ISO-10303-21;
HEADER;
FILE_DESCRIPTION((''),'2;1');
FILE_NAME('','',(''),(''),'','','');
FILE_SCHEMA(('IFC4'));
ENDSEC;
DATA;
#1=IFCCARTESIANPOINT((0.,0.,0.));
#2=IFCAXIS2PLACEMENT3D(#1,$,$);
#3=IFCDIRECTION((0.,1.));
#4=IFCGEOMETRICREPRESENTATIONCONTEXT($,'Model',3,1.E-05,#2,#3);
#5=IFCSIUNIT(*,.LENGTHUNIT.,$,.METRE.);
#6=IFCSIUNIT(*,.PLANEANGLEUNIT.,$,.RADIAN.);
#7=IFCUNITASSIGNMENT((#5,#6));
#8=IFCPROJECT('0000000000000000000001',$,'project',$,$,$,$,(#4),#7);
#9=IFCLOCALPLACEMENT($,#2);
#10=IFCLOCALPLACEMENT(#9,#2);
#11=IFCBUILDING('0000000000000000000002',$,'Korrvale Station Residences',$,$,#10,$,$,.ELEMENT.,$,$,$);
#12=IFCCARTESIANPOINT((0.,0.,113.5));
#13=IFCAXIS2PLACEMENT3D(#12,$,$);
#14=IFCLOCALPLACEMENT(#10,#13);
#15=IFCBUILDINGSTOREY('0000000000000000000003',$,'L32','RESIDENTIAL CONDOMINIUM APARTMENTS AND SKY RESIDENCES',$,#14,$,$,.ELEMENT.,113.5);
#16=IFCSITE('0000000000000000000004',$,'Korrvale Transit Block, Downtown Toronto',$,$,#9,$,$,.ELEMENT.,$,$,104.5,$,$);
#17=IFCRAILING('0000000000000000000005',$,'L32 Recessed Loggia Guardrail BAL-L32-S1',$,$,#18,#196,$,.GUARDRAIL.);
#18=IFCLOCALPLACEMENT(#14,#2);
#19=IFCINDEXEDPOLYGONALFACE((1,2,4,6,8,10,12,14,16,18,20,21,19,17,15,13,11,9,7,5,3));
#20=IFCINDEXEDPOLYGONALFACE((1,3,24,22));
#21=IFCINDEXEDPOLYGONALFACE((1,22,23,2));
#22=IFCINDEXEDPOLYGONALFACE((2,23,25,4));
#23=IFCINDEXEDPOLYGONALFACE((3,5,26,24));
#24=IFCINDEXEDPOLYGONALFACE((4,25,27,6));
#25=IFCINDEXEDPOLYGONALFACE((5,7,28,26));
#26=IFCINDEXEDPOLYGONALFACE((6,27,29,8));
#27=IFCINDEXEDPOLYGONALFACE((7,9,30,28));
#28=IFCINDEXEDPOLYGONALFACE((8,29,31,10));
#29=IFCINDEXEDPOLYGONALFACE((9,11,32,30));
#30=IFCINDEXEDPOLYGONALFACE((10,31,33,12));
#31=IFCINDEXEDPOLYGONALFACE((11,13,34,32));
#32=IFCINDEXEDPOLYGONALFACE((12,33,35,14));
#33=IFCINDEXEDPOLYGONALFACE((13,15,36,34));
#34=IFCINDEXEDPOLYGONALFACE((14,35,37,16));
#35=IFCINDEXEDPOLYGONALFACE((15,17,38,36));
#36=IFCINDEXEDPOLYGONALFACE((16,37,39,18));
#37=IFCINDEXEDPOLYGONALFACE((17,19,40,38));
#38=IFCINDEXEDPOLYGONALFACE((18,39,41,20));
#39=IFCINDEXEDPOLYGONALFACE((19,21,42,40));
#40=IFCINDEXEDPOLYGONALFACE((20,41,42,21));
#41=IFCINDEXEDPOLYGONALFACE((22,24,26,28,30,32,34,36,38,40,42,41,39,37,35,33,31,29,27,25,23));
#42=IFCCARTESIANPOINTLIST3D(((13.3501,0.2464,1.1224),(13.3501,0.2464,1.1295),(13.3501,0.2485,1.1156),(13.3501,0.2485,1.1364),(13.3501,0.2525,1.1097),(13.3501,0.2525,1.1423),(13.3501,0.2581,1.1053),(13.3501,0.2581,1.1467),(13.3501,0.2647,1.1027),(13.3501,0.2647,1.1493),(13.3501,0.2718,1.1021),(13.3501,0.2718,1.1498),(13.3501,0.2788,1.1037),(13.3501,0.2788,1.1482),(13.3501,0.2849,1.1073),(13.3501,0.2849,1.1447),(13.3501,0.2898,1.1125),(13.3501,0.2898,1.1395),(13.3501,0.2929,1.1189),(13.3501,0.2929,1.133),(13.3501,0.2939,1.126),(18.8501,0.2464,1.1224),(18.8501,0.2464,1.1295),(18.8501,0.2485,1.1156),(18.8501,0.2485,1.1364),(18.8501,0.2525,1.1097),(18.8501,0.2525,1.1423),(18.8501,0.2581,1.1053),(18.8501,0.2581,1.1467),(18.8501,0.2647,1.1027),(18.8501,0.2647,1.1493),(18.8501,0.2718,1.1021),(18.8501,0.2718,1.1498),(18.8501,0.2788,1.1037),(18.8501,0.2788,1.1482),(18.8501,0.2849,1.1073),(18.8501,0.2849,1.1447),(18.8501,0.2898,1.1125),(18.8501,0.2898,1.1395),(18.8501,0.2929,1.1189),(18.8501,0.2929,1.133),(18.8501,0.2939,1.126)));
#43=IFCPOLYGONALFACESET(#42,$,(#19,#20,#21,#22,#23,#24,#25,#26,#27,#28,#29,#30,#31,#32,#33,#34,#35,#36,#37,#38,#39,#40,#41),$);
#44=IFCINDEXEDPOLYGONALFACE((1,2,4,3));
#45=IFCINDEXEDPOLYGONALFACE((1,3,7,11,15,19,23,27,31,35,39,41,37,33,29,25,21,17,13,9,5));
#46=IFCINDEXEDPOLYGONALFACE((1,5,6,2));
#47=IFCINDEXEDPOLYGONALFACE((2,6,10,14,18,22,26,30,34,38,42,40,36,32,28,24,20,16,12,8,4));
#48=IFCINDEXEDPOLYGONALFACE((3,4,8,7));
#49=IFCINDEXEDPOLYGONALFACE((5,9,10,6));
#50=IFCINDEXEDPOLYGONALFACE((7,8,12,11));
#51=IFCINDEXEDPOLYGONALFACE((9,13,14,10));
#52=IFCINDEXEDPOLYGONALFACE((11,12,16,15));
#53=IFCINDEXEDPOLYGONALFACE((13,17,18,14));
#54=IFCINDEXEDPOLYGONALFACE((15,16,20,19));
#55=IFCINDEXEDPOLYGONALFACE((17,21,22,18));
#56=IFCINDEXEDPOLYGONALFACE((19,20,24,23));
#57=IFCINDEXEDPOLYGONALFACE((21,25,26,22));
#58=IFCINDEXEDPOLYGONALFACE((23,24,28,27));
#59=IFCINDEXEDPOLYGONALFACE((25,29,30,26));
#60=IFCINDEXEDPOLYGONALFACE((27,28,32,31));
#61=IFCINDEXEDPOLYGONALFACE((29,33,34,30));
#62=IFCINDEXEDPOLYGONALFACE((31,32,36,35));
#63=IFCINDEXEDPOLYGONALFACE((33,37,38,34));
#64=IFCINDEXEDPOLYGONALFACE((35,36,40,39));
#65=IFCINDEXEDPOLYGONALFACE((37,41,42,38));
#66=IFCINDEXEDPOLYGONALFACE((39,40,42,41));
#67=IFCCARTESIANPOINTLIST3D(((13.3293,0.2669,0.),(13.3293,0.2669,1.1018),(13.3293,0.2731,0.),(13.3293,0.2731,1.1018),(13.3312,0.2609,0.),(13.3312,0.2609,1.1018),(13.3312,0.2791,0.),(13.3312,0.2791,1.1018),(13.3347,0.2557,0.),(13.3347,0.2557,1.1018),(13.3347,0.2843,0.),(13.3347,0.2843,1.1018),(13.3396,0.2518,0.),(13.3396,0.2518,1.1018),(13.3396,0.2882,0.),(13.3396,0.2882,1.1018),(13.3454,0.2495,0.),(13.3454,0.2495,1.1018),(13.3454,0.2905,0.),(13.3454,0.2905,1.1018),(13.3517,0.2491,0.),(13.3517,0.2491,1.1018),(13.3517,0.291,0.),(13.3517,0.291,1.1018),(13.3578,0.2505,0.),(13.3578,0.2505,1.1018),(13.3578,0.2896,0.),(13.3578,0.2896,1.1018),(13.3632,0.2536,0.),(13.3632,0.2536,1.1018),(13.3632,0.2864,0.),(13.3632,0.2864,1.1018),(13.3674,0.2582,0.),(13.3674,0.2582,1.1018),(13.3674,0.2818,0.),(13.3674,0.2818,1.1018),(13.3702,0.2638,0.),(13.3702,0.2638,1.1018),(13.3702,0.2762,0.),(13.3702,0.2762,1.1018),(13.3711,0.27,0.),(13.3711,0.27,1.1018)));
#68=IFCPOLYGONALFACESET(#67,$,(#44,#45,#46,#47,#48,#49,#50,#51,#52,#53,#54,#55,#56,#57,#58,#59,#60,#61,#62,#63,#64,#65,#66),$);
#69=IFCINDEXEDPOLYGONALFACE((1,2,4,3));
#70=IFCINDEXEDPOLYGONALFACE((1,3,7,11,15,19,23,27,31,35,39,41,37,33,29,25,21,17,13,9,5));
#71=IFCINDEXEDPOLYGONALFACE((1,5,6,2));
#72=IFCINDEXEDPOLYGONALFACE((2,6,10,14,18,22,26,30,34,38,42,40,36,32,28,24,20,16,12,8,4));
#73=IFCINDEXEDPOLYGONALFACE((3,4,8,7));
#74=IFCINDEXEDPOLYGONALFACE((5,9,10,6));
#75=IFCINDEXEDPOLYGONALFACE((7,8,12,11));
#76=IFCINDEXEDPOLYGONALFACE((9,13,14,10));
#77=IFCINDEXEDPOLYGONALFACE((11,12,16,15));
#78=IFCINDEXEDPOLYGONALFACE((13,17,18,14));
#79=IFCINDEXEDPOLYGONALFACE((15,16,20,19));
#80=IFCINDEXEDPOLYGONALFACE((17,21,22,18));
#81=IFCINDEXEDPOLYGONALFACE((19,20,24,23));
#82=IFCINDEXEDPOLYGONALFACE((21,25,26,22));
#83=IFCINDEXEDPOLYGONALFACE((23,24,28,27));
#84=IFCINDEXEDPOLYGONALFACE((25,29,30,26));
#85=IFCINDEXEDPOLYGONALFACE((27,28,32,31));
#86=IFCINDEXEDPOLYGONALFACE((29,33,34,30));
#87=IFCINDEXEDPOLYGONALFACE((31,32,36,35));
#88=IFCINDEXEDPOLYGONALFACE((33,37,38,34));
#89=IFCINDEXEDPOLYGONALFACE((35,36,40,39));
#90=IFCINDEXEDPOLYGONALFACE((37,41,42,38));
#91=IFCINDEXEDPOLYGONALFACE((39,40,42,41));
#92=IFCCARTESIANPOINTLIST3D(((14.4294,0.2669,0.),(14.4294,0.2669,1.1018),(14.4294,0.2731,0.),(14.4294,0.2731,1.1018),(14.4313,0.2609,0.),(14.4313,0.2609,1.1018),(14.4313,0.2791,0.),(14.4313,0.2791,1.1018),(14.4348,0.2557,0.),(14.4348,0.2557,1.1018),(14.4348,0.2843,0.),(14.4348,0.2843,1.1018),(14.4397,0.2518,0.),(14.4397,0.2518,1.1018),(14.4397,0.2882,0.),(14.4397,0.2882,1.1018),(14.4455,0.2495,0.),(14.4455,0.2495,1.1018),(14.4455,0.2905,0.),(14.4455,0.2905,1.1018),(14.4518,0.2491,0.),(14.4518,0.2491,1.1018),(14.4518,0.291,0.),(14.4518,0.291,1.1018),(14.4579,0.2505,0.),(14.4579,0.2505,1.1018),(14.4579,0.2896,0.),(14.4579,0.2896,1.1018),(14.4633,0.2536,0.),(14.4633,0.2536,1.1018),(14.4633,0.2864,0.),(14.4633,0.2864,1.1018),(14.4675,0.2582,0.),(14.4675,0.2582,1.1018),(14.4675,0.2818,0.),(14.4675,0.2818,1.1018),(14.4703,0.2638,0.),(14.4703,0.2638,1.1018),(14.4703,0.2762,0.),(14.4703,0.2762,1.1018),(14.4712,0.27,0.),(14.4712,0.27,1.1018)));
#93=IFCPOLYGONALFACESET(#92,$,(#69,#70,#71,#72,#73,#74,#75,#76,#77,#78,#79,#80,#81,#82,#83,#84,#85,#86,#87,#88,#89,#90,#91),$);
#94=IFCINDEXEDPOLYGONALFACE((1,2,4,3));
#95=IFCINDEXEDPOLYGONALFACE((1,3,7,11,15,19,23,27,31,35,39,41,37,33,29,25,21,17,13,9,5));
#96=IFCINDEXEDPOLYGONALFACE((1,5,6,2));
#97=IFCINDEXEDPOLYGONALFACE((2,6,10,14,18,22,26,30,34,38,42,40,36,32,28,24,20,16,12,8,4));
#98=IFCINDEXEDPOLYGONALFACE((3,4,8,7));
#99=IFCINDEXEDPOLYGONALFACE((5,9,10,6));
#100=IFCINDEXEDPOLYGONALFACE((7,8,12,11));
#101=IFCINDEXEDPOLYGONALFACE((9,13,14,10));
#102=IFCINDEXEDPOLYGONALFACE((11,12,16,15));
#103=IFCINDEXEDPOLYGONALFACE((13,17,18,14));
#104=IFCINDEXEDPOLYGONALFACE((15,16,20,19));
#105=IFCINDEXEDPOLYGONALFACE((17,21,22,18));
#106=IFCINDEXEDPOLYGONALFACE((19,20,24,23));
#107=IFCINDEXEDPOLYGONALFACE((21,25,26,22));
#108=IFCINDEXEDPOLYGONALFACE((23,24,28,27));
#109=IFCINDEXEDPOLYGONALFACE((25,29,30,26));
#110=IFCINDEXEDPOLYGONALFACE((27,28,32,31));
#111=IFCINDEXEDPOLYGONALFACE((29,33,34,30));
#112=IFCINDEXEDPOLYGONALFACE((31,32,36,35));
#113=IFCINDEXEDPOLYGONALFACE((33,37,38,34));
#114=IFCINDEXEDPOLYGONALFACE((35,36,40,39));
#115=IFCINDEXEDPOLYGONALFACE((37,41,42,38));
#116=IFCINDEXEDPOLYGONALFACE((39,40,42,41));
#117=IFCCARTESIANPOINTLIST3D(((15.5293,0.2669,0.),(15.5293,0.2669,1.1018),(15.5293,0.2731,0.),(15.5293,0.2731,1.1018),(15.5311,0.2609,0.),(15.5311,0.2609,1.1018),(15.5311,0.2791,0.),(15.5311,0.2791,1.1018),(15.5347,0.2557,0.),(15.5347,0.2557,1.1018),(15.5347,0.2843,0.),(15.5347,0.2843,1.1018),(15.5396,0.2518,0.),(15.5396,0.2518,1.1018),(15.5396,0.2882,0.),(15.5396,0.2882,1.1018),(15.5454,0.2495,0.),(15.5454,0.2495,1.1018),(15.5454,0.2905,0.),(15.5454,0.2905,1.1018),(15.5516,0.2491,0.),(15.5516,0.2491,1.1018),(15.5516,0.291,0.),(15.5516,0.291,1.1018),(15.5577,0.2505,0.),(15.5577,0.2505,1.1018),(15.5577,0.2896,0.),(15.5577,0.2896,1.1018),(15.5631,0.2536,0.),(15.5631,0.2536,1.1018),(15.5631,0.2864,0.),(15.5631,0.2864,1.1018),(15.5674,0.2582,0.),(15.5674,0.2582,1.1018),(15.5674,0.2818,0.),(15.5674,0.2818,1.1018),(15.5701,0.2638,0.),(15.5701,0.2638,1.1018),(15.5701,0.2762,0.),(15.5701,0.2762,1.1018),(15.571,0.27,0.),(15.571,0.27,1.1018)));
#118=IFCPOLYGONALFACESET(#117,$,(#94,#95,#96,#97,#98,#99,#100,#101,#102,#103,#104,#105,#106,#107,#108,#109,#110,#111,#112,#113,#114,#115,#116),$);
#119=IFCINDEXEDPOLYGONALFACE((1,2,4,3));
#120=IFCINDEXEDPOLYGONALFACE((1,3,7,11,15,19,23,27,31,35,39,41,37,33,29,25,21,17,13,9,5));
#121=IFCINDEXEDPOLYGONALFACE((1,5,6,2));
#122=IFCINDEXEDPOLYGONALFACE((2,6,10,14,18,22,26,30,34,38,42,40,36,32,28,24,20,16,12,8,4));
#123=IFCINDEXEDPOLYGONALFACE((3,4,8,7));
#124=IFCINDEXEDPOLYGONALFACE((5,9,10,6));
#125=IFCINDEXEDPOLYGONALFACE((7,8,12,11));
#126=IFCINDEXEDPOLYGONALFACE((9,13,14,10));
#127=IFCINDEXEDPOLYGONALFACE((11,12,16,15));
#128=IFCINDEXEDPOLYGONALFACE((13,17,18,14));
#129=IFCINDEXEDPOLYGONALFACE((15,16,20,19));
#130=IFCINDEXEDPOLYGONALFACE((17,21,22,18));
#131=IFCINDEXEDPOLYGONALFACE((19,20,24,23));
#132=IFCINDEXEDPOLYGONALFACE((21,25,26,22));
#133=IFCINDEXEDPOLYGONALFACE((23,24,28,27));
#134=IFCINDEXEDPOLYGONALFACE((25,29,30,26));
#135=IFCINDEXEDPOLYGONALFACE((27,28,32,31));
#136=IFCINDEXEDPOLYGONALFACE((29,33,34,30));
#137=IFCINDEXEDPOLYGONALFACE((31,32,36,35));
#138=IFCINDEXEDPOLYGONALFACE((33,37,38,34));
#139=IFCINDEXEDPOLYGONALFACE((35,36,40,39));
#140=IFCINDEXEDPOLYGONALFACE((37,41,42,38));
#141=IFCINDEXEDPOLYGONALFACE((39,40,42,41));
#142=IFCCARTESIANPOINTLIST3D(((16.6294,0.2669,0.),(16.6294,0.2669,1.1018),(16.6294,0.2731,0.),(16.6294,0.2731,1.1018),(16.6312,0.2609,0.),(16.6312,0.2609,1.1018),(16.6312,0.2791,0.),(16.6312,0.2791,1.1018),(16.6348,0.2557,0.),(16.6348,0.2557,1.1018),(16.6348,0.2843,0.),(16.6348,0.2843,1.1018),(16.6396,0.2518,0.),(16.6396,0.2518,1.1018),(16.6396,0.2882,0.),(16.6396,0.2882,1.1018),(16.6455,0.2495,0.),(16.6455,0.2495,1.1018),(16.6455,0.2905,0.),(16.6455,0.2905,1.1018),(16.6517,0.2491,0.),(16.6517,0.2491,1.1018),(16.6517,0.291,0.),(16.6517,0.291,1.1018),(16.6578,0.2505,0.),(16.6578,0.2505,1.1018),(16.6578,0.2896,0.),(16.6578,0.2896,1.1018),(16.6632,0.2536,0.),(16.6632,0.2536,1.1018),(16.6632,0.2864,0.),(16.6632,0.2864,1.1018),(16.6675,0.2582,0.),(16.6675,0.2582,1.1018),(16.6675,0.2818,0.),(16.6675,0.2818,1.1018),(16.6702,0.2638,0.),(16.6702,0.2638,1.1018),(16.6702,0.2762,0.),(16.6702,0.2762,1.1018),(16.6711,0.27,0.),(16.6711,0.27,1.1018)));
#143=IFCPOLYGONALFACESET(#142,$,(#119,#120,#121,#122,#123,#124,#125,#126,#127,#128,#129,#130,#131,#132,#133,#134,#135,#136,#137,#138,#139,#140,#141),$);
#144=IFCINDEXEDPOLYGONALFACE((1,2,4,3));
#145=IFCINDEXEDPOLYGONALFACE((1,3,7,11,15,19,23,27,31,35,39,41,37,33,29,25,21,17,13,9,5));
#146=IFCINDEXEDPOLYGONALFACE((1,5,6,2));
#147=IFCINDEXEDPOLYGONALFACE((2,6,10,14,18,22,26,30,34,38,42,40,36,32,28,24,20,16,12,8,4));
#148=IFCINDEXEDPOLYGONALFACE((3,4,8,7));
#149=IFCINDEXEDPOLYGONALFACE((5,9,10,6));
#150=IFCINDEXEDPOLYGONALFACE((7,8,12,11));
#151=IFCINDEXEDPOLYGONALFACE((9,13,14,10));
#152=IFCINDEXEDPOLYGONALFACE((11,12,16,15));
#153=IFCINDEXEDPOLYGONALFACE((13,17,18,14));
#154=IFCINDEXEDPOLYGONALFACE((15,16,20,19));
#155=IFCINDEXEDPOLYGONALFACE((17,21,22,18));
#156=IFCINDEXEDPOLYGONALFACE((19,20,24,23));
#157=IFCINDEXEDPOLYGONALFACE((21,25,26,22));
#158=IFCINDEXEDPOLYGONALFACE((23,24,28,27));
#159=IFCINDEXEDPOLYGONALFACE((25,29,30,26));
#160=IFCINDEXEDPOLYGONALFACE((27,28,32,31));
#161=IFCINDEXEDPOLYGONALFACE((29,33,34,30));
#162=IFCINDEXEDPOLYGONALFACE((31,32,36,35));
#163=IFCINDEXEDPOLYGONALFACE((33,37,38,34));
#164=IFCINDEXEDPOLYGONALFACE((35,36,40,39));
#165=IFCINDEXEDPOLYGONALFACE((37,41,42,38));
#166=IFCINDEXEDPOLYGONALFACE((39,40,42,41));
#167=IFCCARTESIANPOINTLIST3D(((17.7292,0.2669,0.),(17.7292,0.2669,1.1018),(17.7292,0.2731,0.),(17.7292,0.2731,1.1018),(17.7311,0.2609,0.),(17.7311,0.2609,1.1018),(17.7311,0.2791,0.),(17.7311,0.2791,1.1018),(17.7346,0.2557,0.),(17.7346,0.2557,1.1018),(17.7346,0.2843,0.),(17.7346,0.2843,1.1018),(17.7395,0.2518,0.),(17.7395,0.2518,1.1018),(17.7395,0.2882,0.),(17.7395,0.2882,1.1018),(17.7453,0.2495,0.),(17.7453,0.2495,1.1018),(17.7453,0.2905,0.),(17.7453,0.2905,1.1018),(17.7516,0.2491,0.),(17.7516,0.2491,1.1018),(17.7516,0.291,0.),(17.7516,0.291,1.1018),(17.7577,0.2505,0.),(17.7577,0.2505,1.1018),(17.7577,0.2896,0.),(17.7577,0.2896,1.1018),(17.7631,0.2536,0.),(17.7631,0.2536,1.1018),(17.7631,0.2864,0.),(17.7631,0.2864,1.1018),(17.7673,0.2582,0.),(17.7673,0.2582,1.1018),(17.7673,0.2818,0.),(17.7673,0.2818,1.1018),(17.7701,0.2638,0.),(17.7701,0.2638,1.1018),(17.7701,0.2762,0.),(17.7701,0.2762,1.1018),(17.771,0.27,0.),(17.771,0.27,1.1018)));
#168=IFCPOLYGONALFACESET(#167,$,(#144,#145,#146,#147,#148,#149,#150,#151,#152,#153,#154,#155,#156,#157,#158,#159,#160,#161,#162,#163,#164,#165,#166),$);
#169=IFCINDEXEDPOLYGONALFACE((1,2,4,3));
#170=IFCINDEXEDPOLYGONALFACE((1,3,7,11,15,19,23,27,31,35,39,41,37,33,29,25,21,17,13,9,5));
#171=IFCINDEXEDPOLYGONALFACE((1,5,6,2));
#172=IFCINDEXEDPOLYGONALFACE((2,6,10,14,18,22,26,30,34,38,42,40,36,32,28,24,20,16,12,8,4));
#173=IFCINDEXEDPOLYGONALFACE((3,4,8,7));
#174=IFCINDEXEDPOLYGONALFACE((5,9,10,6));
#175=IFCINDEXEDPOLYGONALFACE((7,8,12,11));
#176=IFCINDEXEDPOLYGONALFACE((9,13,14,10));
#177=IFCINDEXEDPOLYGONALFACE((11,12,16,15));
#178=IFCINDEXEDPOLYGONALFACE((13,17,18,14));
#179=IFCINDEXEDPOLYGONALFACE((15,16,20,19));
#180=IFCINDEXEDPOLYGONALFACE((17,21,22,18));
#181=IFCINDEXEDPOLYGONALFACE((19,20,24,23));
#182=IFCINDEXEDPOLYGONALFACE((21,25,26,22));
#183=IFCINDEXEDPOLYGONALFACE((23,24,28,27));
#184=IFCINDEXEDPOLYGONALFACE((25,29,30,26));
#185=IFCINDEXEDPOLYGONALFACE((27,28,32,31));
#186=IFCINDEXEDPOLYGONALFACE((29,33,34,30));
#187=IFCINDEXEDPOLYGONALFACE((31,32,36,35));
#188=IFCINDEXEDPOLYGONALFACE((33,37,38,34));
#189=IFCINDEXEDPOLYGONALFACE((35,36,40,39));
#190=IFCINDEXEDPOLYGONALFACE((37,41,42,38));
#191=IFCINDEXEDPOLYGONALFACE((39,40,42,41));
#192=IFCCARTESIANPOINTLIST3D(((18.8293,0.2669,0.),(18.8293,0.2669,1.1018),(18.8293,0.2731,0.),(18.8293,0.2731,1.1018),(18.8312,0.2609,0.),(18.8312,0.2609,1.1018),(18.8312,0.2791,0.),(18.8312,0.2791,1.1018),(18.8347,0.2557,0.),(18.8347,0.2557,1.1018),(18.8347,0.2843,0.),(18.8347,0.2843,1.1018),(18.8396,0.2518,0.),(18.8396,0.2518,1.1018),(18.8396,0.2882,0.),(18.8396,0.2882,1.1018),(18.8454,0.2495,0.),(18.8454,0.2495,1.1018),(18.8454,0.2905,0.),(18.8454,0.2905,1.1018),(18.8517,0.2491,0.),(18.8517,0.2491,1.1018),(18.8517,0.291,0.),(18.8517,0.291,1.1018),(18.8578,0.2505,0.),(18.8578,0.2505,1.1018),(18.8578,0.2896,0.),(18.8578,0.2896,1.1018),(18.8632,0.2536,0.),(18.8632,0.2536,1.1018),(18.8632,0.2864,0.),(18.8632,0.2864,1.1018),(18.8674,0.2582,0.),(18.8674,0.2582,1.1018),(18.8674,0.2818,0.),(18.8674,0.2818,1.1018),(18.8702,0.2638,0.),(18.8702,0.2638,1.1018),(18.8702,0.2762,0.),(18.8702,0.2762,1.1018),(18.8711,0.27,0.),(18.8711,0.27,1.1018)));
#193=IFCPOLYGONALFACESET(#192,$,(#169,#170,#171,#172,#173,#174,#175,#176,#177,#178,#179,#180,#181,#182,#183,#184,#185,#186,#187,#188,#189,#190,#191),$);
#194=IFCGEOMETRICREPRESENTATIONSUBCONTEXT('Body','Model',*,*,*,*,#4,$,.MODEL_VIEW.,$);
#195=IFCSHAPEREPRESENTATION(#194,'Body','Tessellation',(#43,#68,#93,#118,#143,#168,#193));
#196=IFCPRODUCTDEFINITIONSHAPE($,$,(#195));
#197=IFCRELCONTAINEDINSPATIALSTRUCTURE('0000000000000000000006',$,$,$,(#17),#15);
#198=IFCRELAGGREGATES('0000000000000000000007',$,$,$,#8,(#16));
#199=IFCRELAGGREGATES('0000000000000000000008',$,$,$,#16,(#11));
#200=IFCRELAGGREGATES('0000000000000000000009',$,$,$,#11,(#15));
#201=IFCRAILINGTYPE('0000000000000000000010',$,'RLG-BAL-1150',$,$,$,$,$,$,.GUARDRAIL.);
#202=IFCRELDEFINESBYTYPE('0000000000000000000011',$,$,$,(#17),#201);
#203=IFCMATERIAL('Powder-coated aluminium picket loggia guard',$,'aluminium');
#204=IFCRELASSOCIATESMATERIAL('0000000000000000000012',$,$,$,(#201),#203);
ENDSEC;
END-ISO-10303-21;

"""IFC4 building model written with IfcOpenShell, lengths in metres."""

from ifc_helpers import new_model, si_unit, direction, frame, origin, origin_2d, place, context, subcontext, project, spatial, circle, extrude, material, type_object, element, save


model = new_model("IFC4")

# Units and contexts
model_context = context("Model", 3, precision=1e-05, world=origin(), true_north=direction((0.0, 1.0)))
body_context = subcontext(model_context, "Body", "Model", "MODEL_VIEW")
ifc_project = project(units=[si_unit("LENGTHUNIT", "METRE"), si_unit("PLANEANGLEUNIT", "RADIAN")], contexts=[model_context])

# Site, building, storey
site_placement = place(None, origin())
site = spatial("IfcSite", under=ifc_project, at=site_placement, Name="Korrvale Transit Block, Downtown Toronto", CompositionType="ELEMENT", RefElevation=104.5)
building_placement = place(site_placement, origin())
building = spatial("IfcBuilding", under=site, at=building_placement, Name="Korrvale Station Residences", CompositionType="ELEMENT")
storey_placement = place(building_placement, frame((0.0, 0.0, 113.5)))
storey = spatial("IfcBuildingStorey", under=building, at=storey_placement, Name="L32", Description="RESIDENTIAL CONDOMINIUM APARTMENTS AND SKY RESIDENCES", CompositionType="ELEMENT", Elevation=113.5)

# Railing
ifc_material_1 = material(Name="Powder-coated aluminium picket loggia guard", Category="aluminium")
railing_type = type_object("IfcRailingType", Name="RLG-BAL-1150", PredefinedType="GUARDRAIL", material=ifc_material_1)
railing_placement = place(storey_placement, frame((13.3501, 0.27, 0.0)))
element("IfcRailing", 1, at=railing_placement, inside=storey, type_object=railing_type, Name="L32 Recessed Loggia Guardrail BAL-L32-S1", PredefinedType="GUARDRAIL", context=body_context, shape_type="SweptSolid", body=[
    extrude(circle(Radius=0.0239, at=origin_2d()), frame((0.0, 0.0, 1.126), z_axis=(1.0, 0.0, 0.0), x_axis=(0.0, 1.0, 0.0)), (0.0, 0.0, 1.0), 5.5),
    extrude(circle(Radius=0.021, at=origin_2d()), origin(), (0.0, 0.0, 1.0), 1.1018),
    extrude(circle(Radius=0.021, at=origin_2d()), frame((1.1001, 0.0, 0.0)), (0.0, 0.0, 1.0), 1.1018),
    extrude(circle(Radius=0.021, at=origin_2d()), frame((2.2, 0.0, 0.0)), (0.0, 0.0, 1.0), 1.1018),
    extrude(circle(Radius=0.021, at=origin_2d()), frame((3.3, 0.0, 0.0)), (0.0, 0.0, 1.0), 1.1018),
    extrude(circle(Radius=0.021, at=origin_2d()), frame((4.3999, 0.0, 0.0)), (0.0, 0.0, 1.0), 1.1018),
    extrude(circle(Radius=0.021, at=origin_2d()), frame((5.5, 0.0, 0.0)), (0.0, 0.0, 1.0), 1.1018),
])

save(model, "model.ifc")
